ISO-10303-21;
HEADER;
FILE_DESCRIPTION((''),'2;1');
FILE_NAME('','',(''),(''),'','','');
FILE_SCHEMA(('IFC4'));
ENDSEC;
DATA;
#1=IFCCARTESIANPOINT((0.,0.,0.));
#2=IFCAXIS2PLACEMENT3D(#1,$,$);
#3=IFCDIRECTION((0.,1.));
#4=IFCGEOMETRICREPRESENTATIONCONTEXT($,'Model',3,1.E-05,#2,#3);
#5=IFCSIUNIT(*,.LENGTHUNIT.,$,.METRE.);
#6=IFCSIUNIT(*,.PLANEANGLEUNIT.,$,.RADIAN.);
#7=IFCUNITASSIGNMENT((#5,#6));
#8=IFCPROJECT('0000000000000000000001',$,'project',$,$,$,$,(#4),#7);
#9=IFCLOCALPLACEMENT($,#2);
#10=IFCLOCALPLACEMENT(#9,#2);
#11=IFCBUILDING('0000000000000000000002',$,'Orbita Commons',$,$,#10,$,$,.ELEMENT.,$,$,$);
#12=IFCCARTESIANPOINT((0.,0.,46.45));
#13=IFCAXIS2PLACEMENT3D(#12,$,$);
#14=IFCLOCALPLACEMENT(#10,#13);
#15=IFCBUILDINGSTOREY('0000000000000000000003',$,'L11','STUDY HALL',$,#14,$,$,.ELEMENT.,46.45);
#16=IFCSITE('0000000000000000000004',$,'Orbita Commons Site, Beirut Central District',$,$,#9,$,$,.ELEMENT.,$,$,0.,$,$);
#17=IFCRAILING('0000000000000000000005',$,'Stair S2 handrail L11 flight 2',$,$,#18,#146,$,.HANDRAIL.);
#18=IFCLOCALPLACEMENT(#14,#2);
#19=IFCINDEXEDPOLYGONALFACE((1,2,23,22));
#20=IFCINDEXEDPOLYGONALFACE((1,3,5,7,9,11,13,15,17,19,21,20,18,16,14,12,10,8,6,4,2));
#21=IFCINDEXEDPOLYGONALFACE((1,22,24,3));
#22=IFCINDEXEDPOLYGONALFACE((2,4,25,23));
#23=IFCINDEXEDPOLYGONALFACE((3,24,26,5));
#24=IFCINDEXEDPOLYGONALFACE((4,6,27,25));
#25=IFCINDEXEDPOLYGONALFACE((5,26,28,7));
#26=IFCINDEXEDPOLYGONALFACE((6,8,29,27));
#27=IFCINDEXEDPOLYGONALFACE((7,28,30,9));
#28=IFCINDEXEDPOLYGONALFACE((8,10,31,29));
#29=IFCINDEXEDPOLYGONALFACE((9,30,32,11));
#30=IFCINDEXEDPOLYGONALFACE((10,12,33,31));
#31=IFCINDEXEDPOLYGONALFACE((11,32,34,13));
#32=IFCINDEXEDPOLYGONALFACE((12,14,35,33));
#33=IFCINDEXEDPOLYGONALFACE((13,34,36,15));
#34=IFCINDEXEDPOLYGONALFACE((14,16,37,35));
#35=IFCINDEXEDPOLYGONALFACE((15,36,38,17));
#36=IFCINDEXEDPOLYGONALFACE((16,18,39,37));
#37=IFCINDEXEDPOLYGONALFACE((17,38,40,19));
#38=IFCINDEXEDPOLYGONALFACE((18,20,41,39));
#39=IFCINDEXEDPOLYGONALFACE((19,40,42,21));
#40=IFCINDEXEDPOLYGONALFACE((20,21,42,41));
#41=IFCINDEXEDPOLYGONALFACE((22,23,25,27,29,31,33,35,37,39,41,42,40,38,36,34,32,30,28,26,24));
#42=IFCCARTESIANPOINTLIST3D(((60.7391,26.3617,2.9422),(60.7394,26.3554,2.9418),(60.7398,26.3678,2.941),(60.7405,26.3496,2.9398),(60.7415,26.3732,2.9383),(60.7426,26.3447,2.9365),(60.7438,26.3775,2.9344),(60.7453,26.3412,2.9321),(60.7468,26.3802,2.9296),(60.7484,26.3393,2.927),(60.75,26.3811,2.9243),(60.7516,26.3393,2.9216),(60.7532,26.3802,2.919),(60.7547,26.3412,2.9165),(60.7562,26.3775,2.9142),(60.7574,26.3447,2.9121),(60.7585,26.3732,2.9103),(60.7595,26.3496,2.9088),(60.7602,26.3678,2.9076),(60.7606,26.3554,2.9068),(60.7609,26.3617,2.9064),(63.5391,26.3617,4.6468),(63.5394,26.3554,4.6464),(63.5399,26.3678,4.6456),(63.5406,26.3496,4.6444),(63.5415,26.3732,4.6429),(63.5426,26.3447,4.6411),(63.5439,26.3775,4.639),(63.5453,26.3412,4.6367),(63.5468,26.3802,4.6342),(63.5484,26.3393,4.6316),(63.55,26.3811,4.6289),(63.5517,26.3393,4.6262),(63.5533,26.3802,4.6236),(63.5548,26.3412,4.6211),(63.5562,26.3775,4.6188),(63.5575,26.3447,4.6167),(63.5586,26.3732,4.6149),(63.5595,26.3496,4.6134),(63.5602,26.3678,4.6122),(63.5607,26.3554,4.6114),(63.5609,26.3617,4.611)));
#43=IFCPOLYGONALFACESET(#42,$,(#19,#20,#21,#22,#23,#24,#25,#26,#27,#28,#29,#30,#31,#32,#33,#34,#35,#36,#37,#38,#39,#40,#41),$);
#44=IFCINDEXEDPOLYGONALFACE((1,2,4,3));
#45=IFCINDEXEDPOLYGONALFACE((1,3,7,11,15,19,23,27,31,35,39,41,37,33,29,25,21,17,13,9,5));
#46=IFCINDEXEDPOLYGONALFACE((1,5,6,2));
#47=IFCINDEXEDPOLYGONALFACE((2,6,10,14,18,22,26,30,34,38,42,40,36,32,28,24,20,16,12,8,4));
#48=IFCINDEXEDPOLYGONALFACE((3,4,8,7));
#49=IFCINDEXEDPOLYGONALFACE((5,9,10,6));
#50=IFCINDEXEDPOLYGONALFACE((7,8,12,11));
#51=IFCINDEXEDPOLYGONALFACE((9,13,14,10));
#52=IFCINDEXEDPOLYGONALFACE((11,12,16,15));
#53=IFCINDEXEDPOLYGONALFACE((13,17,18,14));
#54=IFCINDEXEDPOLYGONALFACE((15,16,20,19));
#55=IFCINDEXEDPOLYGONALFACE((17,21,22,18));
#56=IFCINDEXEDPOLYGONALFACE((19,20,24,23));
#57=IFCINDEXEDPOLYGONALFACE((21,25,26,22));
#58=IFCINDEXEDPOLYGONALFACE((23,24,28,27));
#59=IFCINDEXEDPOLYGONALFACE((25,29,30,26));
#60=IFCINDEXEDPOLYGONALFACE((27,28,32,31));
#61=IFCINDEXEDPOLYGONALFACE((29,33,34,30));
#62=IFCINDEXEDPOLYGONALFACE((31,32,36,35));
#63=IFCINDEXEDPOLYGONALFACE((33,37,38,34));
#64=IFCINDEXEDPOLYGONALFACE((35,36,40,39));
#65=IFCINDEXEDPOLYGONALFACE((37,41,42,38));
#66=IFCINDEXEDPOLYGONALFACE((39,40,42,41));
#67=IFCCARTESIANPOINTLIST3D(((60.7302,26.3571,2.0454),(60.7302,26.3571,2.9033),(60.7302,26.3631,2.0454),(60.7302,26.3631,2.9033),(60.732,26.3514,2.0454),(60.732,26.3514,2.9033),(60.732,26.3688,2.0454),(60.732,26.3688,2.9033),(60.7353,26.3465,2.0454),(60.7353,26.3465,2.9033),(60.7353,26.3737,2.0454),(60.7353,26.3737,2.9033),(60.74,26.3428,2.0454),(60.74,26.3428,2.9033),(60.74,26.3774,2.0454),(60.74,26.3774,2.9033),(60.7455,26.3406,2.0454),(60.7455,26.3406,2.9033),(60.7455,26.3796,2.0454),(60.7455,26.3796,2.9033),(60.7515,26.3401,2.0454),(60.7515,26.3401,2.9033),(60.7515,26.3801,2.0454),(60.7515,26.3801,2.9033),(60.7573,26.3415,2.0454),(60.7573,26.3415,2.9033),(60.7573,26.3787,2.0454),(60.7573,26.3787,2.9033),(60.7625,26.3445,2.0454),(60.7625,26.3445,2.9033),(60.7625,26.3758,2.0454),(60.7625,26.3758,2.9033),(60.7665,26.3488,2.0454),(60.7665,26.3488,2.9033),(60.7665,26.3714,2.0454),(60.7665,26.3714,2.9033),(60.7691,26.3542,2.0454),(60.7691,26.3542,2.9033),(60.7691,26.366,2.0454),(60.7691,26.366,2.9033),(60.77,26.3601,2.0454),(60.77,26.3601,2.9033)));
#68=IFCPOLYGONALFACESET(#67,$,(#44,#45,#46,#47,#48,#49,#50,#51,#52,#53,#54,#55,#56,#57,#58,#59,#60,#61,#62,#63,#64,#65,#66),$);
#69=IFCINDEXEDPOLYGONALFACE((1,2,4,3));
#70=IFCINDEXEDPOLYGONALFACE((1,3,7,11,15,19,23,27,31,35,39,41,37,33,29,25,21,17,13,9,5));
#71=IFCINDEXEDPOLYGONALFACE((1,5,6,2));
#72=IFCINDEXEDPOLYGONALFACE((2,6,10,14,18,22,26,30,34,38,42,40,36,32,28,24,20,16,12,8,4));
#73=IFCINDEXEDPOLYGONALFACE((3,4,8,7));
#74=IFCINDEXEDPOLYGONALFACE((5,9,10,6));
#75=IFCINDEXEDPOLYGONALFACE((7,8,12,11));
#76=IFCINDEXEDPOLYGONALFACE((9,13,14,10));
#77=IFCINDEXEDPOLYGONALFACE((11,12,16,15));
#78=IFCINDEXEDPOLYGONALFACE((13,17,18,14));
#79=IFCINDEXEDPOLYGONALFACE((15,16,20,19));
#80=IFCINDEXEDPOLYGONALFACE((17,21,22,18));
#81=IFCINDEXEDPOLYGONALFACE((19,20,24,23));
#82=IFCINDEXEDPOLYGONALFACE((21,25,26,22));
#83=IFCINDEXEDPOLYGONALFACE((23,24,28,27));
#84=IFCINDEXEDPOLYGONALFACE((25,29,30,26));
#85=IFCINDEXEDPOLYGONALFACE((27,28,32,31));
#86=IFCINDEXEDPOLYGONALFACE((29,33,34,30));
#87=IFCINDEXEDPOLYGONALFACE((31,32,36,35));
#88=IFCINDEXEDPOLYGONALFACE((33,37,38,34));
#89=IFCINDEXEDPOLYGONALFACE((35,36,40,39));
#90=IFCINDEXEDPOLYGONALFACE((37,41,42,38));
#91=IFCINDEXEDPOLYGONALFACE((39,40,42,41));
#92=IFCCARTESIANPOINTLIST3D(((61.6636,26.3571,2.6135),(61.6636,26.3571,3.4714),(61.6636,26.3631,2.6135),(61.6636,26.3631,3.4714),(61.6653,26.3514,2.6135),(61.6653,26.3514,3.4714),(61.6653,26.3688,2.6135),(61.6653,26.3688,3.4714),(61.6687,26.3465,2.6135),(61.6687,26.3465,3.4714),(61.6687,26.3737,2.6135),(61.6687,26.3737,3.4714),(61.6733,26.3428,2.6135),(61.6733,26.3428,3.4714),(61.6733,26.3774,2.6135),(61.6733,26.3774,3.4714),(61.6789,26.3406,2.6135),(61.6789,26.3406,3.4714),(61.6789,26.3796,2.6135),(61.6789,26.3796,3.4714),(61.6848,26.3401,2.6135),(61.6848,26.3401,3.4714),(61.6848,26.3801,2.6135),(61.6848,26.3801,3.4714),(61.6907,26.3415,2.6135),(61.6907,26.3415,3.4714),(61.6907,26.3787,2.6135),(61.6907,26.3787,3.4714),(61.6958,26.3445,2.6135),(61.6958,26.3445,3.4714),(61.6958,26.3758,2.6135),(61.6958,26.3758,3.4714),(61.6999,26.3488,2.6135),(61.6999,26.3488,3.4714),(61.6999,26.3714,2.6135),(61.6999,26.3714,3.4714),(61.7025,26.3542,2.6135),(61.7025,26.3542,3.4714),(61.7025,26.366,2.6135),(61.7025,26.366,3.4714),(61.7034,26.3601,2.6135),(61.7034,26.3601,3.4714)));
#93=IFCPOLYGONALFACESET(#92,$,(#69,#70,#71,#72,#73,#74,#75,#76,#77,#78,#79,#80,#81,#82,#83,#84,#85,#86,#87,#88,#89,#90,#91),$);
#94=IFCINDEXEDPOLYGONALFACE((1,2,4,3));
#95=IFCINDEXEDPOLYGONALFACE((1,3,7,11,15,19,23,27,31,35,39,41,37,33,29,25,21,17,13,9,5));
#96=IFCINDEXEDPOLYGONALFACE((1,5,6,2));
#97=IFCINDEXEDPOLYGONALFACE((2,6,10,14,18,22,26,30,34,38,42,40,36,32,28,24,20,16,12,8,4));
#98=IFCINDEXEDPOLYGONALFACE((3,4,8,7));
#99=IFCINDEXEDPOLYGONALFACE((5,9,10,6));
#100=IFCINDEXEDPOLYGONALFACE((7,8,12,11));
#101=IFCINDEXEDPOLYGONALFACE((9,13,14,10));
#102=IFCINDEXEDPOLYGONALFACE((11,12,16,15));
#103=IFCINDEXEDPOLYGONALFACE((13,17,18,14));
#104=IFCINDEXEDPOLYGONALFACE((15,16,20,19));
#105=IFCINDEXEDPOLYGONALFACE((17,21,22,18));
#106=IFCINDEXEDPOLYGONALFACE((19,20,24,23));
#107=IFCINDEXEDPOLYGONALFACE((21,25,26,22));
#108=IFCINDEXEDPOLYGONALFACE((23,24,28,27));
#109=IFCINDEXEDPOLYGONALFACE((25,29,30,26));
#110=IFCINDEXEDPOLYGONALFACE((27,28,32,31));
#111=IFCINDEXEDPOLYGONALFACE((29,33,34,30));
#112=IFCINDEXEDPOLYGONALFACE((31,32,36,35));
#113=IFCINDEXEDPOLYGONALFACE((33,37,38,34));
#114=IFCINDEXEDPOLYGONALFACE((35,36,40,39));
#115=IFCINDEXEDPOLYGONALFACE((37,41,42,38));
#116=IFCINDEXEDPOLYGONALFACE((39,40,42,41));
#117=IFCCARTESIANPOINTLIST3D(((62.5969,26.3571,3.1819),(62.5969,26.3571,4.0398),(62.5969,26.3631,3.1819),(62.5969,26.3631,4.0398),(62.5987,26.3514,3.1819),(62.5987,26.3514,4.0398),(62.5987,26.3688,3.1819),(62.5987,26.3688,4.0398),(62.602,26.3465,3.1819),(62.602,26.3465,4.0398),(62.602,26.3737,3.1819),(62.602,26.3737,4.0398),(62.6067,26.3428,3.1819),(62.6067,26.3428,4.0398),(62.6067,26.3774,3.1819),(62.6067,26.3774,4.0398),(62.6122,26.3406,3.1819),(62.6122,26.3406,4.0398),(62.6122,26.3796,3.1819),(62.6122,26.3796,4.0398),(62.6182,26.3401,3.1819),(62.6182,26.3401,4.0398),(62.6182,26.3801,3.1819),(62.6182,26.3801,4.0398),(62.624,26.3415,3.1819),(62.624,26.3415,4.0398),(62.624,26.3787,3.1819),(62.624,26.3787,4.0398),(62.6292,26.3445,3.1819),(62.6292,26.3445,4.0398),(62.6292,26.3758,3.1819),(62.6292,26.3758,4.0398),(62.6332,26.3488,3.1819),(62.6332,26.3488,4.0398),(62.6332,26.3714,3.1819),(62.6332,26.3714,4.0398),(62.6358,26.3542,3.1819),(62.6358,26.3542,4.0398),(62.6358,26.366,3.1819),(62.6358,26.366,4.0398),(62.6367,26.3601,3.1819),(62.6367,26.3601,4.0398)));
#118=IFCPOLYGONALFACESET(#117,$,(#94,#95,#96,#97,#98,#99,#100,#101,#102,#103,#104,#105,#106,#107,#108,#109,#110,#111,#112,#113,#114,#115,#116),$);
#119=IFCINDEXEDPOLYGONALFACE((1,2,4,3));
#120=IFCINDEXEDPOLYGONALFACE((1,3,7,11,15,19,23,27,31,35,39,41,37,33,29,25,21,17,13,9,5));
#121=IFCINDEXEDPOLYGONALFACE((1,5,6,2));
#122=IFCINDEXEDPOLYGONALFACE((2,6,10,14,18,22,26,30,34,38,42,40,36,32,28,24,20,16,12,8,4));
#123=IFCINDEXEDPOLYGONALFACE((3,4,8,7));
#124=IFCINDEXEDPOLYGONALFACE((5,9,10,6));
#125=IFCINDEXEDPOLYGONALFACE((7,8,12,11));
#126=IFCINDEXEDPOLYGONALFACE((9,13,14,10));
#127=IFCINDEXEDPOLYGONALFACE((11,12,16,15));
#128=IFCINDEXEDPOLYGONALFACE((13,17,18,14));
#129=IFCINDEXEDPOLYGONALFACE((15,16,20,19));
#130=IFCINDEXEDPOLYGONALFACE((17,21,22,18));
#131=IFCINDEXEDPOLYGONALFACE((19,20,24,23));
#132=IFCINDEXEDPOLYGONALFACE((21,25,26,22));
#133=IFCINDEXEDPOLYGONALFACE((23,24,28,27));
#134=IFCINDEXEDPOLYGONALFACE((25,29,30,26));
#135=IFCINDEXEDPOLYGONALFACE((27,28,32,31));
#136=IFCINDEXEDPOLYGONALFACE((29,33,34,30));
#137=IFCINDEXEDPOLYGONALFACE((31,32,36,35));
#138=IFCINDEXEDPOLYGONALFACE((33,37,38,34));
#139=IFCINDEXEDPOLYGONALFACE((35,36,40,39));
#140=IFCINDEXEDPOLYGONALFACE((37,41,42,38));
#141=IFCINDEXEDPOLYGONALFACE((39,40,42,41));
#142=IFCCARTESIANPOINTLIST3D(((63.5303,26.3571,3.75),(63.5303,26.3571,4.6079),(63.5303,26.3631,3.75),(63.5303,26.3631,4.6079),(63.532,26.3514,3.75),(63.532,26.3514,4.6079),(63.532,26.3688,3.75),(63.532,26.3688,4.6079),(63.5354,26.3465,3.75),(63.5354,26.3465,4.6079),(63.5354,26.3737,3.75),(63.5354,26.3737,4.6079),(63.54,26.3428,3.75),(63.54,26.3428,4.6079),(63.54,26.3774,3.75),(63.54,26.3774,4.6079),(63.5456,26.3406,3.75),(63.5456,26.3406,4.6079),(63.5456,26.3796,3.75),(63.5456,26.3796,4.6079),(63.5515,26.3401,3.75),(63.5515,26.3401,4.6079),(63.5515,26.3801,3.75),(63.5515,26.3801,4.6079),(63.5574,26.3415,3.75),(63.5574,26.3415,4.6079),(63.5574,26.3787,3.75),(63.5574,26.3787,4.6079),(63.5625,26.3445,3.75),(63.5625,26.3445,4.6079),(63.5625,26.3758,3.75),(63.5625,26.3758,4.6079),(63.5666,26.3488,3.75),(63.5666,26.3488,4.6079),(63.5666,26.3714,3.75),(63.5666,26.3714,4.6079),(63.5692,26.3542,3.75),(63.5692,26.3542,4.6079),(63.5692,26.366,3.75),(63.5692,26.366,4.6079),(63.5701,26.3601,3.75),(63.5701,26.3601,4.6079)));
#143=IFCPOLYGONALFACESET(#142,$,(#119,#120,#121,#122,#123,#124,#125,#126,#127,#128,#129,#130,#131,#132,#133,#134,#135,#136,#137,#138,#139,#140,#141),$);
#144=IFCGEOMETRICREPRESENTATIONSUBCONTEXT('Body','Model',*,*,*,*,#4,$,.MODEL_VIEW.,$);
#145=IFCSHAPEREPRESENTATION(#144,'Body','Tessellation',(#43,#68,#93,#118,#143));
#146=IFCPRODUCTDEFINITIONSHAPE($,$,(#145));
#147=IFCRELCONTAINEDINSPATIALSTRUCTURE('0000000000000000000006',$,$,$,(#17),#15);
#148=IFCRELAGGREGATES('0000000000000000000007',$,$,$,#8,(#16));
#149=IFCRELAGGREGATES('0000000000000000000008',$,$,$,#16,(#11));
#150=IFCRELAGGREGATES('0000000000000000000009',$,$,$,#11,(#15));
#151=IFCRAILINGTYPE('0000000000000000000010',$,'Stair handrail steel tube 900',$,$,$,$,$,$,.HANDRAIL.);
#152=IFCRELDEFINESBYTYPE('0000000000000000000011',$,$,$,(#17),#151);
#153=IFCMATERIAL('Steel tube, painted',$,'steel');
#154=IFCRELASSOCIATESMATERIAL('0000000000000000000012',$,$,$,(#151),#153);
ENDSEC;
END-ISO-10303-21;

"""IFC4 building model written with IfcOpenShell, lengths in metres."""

from ifc_helpers import new_model, si_unit, direction, frame, origin, origin_2d, place, context, subcontext, project, spatial, circle, extrude, material, type_object, element, save


model = new_model("IFC4")

# Units and contexts
model_context = context("Model", 3, precision=1e-05, world=origin(), true_north=direction((0.0, 1.0)))
body_context = subcontext(model_context, "Body", "Model", "MODEL_VIEW")
ifc_project = project(units=[si_unit("LENGTHUNIT", "METRE"), si_unit("PLANEANGLEUNIT", "RADIAN")], contexts=[model_context])

# Site, building, storey
site_placement = place(None, origin())
site = spatial("IfcSite", under=ifc_project, at=site_placement, Name="Orbita Commons Site, Beirut Central District", CompositionType="ELEMENT", RefElevation=0.0)
building_placement = place(site_placement, origin())
building = spatial("IfcBuilding", under=site, at=building_placement, Name="Orbita Commons", CompositionType="ELEMENT")
storey_placement = place(building_placement, frame((0.0, 0.0, 46.45)))
storey = spatial("IfcBuildingStorey", under=building, at=storey_placement, Name="L11", Description="STUDY HALL", CompositionType="ELEMENT", Elevation=46.45)

# Railing
ifc_material_1 = material(Name="Steel tube, painted", Category="steel")
railing_type = type_object("IfcRailingType", Name="Stair handrail steel tube 900", PredefinedType="HANDRAIL", material=ifc_material_1)
for number, where, name in (
    (1, (60.75, 26.3601, 2.0454), "Stair S2 handrail L11 flight 2"),
):
    element("IfcRailing", number, at=place(storey_placement, frame(where)), inside=storey, type_object=railing_type, Name=name, PredefinedType="HANDRAIL", context=body_context, shape_type="SweptSolid", body=[
        extrude(circle(Radius=0.021, at=origin_2d()), frame((0.0, 0.0, 0.8789), z_axis=(0.85417, 0.0, 0.519994), x_axis=(0.0, 1.0, 0.0)), (0.0, 0.0, 1.0), 3.2781),
        extrude(circle(Radius=0.02, at=origin_2d()), origin(), (0.0, 0.0, 1.0), 0.8579),
        extrude(circle(Radius=0.02, at=origin_2d()), frame((0.9333, 0.0, 0.5681)), (0.0, 0.0, 1.0), 0.8579),
        extrude(circle(Radius=0.02, at=origin_2d()), frame((1.8667, 0.0, 1.1365)), (0.0, 0.0, 1.0), 0.8579),
        extrude(circle(Radius=0.02, at=origin_2d()), frame((2.8, 0.0, 1.7046)), (0.0, 0.0, 1.0), 0.8579),
    ])

save(model, "model.ifc")
